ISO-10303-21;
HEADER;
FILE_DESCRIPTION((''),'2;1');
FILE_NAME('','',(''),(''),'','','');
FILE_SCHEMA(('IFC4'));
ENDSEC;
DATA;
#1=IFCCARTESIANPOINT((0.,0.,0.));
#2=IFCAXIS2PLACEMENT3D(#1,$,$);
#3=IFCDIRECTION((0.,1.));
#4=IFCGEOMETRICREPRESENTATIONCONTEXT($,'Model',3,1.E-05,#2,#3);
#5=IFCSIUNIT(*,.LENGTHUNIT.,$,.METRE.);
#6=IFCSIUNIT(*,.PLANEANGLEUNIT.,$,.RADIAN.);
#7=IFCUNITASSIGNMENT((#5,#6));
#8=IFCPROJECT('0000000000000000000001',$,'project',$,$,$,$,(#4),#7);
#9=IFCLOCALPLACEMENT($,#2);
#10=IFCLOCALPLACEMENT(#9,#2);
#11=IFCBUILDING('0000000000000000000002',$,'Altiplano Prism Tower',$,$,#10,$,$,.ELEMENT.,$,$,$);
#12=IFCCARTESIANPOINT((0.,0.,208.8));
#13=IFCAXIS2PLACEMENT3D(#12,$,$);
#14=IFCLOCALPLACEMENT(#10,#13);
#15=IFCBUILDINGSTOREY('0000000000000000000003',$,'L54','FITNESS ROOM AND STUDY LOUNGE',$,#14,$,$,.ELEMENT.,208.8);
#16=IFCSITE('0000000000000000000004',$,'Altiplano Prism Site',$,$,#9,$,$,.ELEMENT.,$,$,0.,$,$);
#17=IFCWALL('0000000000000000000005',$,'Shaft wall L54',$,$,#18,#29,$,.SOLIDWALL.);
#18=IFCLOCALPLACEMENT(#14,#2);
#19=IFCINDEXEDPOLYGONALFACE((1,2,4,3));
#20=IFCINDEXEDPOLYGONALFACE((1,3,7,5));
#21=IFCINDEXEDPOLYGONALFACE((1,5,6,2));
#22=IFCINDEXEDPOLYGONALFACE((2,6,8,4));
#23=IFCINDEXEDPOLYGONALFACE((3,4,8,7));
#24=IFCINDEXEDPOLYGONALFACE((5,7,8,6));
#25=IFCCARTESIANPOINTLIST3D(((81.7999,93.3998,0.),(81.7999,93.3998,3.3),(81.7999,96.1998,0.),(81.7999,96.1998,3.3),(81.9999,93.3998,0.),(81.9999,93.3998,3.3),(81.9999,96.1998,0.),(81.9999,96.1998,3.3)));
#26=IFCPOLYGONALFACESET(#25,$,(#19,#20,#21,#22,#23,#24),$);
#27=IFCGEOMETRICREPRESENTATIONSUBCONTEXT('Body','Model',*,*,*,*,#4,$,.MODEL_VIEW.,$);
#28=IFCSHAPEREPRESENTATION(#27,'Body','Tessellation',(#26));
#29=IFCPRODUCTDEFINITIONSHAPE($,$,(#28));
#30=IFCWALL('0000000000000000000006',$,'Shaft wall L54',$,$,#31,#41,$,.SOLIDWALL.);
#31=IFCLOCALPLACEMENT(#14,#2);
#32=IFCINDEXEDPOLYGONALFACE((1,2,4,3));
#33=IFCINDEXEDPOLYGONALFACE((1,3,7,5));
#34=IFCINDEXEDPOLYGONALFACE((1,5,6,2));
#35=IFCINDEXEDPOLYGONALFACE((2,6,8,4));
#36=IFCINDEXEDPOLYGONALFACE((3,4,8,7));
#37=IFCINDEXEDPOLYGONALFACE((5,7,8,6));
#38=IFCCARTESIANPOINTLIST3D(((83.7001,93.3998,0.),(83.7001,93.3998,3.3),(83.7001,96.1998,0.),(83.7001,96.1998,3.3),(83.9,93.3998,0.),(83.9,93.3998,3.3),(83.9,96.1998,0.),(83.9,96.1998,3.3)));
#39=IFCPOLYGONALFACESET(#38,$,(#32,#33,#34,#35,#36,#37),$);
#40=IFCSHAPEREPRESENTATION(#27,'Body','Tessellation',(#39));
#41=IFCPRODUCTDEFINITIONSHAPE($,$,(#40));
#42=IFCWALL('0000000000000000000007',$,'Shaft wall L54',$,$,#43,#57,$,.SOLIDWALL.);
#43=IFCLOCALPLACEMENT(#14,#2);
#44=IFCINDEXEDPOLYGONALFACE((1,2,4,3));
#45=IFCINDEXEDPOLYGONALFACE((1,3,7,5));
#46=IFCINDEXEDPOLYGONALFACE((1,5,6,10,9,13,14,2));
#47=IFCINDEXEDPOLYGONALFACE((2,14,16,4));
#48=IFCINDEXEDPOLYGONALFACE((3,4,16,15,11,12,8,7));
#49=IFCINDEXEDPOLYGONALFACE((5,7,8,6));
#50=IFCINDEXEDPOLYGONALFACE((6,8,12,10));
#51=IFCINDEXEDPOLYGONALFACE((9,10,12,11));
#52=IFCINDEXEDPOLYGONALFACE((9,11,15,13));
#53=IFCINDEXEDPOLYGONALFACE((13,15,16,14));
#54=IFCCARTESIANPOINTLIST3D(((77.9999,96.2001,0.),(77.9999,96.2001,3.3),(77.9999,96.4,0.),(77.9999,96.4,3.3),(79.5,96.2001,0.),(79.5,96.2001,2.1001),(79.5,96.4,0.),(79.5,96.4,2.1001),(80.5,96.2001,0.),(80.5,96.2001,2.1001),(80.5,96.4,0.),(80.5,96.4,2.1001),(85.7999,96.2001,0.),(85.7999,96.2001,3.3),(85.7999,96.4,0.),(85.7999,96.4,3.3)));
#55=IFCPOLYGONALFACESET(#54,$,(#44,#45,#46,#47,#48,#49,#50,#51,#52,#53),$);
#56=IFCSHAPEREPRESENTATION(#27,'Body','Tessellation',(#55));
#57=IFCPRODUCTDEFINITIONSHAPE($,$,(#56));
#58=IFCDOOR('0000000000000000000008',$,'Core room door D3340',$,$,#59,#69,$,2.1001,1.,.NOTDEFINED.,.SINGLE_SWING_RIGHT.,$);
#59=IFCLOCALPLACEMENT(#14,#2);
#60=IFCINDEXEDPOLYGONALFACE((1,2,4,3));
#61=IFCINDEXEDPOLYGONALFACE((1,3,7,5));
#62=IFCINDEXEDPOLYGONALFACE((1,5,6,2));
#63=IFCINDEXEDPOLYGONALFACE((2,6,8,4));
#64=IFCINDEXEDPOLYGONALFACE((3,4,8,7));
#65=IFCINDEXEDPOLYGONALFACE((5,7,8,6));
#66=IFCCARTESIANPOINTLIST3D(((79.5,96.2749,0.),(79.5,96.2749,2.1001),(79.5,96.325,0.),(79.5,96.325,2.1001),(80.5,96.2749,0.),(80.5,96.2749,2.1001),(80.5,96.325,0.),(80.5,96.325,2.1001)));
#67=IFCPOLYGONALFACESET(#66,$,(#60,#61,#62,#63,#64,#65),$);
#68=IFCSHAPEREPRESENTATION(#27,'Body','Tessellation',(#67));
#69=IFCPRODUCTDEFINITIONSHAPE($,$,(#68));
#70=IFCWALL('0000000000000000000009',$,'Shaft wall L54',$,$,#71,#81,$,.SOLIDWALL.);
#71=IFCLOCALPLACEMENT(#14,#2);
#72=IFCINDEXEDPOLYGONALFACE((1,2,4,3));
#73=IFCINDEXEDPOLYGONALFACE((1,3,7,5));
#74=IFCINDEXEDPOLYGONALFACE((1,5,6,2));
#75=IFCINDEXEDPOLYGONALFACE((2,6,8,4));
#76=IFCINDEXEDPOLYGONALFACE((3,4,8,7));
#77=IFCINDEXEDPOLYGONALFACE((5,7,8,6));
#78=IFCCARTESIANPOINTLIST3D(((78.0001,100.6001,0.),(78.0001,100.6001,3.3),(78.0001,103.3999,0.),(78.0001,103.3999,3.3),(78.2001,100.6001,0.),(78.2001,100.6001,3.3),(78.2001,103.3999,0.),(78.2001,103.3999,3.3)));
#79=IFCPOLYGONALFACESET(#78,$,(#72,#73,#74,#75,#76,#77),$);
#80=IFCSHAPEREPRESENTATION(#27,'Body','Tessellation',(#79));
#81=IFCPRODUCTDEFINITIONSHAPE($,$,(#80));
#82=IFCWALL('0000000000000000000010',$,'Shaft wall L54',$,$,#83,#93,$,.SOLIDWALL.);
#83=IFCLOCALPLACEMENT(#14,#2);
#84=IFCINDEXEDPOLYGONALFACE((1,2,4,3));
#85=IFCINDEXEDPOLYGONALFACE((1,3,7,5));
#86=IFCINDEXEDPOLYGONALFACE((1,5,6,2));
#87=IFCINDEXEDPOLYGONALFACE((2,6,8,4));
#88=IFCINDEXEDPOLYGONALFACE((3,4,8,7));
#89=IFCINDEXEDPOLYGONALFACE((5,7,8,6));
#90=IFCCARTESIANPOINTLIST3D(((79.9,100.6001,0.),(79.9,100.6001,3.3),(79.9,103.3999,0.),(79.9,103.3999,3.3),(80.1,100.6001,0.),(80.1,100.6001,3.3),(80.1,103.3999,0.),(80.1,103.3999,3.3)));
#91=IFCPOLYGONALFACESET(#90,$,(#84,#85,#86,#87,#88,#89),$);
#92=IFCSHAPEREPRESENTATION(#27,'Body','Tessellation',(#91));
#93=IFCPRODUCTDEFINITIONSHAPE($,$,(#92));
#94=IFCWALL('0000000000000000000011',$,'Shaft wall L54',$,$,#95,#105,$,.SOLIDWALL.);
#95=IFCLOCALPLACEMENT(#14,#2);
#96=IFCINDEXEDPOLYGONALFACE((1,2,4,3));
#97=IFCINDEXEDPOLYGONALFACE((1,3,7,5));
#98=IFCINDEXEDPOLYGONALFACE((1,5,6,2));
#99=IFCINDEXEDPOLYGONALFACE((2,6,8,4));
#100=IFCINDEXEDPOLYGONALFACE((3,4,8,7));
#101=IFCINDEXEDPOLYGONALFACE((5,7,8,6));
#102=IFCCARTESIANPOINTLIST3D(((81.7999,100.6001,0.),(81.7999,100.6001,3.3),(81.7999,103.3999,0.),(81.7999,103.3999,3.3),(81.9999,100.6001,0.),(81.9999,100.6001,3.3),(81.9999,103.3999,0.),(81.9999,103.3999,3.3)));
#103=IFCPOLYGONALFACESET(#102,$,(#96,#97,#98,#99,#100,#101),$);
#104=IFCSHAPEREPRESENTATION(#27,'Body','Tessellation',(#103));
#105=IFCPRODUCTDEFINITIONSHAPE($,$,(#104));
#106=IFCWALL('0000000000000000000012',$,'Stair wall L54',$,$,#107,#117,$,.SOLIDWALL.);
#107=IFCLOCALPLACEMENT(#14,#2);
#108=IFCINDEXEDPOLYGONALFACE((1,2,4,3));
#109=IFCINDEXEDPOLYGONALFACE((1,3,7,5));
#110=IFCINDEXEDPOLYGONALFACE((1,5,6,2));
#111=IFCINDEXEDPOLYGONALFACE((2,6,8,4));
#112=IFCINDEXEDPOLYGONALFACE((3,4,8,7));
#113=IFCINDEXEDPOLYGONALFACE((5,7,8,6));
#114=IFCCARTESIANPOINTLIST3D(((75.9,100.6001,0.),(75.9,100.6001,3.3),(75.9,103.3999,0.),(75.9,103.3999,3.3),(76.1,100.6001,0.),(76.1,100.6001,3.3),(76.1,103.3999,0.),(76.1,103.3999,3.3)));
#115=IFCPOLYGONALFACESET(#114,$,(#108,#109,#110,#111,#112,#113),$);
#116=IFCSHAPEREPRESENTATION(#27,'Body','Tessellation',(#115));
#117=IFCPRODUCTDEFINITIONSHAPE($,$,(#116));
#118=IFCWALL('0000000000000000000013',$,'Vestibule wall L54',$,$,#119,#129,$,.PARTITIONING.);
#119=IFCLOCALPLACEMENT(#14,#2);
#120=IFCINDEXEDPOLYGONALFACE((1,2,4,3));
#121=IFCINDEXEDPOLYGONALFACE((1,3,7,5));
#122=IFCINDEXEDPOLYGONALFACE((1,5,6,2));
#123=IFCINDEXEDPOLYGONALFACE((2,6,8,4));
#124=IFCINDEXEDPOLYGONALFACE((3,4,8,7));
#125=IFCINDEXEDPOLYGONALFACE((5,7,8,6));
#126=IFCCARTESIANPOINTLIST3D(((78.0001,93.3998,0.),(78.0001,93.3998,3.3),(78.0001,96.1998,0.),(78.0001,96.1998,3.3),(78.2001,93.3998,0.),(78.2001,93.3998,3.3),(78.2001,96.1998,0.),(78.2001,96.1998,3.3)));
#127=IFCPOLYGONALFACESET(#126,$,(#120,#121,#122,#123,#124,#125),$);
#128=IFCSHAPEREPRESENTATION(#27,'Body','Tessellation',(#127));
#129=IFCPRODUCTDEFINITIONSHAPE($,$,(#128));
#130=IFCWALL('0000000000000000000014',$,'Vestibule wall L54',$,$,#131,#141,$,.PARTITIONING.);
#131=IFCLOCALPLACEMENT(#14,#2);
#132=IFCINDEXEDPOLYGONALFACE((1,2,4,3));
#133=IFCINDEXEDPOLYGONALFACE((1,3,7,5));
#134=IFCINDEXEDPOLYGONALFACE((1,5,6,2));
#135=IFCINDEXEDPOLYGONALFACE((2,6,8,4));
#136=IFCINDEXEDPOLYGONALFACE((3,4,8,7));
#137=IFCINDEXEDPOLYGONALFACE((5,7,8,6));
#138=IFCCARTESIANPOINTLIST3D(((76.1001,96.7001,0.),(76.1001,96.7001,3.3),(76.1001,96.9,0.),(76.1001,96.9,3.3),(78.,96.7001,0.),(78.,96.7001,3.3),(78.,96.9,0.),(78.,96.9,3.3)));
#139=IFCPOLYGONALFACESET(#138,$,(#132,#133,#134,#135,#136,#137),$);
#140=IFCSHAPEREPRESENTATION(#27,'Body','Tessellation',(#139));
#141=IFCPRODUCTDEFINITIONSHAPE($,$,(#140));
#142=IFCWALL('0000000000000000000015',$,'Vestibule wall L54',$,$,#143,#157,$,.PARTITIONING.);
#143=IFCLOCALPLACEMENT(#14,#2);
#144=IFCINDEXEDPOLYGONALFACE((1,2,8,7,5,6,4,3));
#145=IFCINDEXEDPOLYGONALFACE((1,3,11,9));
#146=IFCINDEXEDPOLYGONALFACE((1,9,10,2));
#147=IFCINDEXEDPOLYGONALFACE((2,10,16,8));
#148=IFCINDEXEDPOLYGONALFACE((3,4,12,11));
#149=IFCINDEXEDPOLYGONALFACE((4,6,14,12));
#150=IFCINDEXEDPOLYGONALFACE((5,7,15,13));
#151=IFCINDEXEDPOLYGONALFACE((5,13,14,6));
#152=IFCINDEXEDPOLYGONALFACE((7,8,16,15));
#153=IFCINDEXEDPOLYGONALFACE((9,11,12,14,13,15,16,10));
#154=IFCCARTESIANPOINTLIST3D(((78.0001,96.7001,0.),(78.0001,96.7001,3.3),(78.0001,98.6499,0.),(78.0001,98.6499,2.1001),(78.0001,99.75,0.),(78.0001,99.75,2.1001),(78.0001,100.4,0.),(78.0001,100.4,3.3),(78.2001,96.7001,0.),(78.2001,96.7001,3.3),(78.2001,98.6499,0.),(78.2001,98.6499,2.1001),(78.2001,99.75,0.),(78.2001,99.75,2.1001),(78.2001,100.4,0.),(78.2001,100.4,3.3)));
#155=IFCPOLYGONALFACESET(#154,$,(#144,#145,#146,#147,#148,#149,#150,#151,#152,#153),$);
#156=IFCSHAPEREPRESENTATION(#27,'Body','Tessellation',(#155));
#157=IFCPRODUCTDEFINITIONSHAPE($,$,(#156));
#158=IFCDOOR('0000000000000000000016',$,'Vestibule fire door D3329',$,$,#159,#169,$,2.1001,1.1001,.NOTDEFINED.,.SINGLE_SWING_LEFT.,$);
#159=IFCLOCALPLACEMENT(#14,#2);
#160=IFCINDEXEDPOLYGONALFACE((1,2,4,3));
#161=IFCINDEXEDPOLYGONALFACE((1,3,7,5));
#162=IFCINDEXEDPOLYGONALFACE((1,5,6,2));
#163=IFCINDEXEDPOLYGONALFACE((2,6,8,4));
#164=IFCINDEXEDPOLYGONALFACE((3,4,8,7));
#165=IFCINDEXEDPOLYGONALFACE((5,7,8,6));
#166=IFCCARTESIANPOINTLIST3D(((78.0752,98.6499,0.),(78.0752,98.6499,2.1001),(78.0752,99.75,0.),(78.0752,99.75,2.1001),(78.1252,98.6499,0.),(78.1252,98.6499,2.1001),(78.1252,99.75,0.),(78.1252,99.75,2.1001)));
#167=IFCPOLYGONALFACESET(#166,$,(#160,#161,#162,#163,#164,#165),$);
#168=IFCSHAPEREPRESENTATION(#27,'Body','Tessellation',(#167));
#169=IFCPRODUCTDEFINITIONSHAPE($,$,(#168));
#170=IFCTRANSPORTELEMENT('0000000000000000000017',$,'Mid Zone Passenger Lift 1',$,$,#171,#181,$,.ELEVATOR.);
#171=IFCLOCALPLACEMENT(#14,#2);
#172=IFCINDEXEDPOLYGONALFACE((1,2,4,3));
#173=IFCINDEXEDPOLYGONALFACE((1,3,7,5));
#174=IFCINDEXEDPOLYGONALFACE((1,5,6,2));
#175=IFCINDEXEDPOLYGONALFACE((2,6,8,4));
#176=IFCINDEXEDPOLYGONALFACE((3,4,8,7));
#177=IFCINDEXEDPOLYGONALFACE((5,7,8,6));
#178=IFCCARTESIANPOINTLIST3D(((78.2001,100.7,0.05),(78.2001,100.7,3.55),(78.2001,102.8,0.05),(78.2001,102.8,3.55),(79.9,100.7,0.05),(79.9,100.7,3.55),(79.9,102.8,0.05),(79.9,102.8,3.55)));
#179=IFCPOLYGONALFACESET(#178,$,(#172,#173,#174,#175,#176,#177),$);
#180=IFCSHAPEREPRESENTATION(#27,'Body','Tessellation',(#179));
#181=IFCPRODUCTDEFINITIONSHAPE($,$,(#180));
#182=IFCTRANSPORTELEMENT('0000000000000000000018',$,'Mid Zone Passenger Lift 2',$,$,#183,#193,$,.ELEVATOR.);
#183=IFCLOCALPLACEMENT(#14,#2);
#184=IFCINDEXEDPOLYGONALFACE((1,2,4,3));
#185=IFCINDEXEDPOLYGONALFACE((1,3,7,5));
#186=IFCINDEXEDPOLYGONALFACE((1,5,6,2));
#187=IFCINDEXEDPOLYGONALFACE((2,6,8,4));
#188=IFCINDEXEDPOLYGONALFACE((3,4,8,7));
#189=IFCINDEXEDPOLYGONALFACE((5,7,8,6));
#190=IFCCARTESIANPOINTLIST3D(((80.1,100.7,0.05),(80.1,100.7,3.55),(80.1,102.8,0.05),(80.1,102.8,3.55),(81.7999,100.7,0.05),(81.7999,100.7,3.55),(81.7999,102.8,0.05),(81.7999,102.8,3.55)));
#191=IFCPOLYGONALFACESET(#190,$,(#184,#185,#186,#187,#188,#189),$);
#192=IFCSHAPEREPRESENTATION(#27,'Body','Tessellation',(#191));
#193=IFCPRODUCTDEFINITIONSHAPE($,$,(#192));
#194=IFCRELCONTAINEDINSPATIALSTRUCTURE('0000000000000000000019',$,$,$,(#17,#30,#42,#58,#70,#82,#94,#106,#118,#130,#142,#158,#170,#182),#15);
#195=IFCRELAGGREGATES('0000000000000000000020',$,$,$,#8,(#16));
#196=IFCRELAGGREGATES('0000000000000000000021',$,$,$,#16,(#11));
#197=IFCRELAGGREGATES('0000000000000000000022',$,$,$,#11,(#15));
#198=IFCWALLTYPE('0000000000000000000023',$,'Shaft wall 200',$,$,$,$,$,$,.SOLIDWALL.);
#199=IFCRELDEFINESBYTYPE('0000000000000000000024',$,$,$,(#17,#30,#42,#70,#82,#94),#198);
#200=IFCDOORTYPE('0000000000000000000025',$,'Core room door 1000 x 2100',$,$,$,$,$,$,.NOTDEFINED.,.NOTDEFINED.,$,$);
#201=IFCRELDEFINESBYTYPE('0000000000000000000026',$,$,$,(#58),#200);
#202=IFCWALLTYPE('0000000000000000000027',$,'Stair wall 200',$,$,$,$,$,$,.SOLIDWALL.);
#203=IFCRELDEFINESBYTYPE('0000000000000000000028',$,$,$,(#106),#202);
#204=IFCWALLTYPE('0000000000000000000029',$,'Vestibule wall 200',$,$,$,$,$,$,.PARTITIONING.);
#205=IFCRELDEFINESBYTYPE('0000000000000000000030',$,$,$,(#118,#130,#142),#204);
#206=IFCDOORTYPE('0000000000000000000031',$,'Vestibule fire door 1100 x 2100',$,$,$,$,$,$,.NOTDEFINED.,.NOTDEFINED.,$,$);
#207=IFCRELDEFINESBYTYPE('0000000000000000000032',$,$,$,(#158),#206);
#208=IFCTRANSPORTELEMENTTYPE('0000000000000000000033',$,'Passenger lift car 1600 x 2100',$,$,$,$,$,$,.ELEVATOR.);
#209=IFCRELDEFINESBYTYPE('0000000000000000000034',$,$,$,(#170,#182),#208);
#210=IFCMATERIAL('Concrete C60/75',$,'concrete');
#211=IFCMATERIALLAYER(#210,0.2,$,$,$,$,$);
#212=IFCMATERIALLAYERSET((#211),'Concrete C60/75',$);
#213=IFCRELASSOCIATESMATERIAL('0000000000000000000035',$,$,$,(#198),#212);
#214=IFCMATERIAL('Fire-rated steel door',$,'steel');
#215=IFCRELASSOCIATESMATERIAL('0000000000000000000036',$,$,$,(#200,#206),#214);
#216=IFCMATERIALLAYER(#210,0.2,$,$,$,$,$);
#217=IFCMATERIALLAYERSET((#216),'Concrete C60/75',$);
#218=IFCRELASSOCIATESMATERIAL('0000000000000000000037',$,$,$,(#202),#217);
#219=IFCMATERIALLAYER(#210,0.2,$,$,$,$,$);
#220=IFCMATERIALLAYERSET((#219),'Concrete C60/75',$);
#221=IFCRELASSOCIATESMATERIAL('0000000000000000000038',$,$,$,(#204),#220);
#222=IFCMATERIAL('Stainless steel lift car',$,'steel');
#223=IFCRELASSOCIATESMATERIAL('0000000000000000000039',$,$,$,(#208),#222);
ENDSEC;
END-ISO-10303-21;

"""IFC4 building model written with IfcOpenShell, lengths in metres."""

from ifc_helpers import new_model, si_unit, direction, frame, frame_2d, origin, origin_2d, place, context, subcontext, project, spatial, rectangle, extrude, material, layer, layer_set, type_object, element, fill, save


model = new_model("IFC4")

# Units and contexts
model_context = context("Model", 3, precision=1e-05, world=origin(), true_north=direction((0.0, 1.0)))
body_context = subcontext(model_context, "Body", "Model", "MODEL_VIEW")
ifc_project = project(units=[si_unit("LENGTHUNIT", "METRE"), si_unit("PLANEANGLEUNIT", "RADIAN")], contexts=[model_context])

# Site, building, storey
site_placement = place(None, origin())
site = spatial("IfcSite", under=ifc_project, at=site_placement, Name="Altiplano Prism Site", CompositionType="ELEMENT", RefElevation=0.0)
building_placement = place(site_placement, origin())
building = spatial("IfcBuilding", under=site, at=building_placement, Name="Altiplano Prism Tower", CompositionType="ELEMENT")
storey_placement = place(building_placement, frame((0.0, 0.0, 208.8)))
storey = spatial("IfcBuildingStorey", under=building, at=storey_placement, Name="L54", Description="FITNESS ROOM AND STUDY LOUNGE", CompositionType="ELEMENT", Elevation=208.8)

# Walls
ifc_material_1 = material(Name="Concrete C60/75", Category="concrete")
ifc_layer_1 = layer(ifc_material_1, 0.2)
ifc_layer_set_1 = layer_set([ifc_layer_1], Name="Concrete C60/75")
wall_type_1 = type_object("IfcWallType", Name="Shaft wall 200", PredefinedType="SOLIDWALL", material=ifc_layer_set_1)
for number, where, z_axis, x_axis, name in (
    (1, (81.8999, 93.3999, 0.0), (0.0, 0.0, 1.0), (0.0, 1.0, 0.0), "Shaft wall L54"),
    (2, (83.8, 93.3999, 0.0), (0.0, 0.0, 1.0), (0.0, 1.0, 0.0), "Shaft wall L54"),
):
    element("IfcWall", number, at=place(storey_placement, frame(where, z_axis=z_axis, x_axis=x_axis)), inside=storey, type_object=wall_type_1, Name=name, PredefinedType="SOLIDWALL", context=body_context, shape_type="SweptSolid", body=[
        extrude(rectangle(XDim=2.8, YDim=0.2, at=frame_2d((1.3999, 0.0))), origin(), (0.0, 0.0, 1.0), 3.3),
    ])

# Wall, opening, door
wall_1_placement = place(storey_placement, frame((78.0, 96.3, 0.0), z_axis=(0.0, 0.0, 1.0), x_axis=(1.0, 0.0, 0.0)))
wall_1 = element("IfcWall", 3, at=wall_1_placement, inside=storey, type_object=wall_type_1, Name="Shaft wall L54", PredefinedType="SOLIDWALL", context=body_context, shape_type="SweptSolid", body=[
    extrude(rectangle(XDim=7.8, YDim=0.2, at=frame_2d((3.8999, 0.0))), origin(), (0.0, 0.0, 1.0), 3.3),
])
opening_1_placement = place(wall_1_placement, frame((1.5, 0.0, 0.0)))
opening_1 = element("IfcOpeningElement", 4, at=opening_1_placement, cuts=wall_1, PredefinedType="OPENING", context=body_context, shape_type="SweptSolid", body=[
    extrude(rectangle(XDim=1.0, YDim=2.1001, at=frame_2d((0.5, 1.05))), frame((0.0, 0.1104, 0.0), z_axis=(0.0, -1.0, 0.0), x_axis=(1.0, 0.0, 0.0)), (0.0, 0.0, 1.0), 0.2209),
])
ifc_material_2 = material(Name="Fire-rated steel door", Category="steel")
door_type_1 = type_object("IfcDoorType", Name="Core room door 1000 x 2100", OperationType="NOTDEFINED", PredefinedType="NOTDEFINED", material=ifc_material_2)
door_1_placement = place(opening_1_placement, origin())
door_1 = element("IfcDoor", 5, at=door_1_placement, inside=storey, type_object=door_type_1, Name="Core room door D3340", OperationType="SINGLE_SWING_RIGHT", OverallHeight=2.1001, OverallWidth=1.0, PredefinedType="NOTDEFINED", context=body_context, shape_type="SweptSolid", body=[
    extrude(rectangle(XDim=1.0, YDim=2.1001, at=frame_2d((0.5, 1.05))), frame((0.0, 0.0249, 0.0), z_axis=(0.0, -1.0, 0.0), x_axis=(1.0, 0.0, 0.0)), (0.0, 0.0, 1.0), 0.05),
])
fill(opening_1, door_1)

# Walls
for number, where, z_axis, x_axis, name in (
    (6, (78.1001, 100.6001, 0.0), (0.0, 0.0, 1.0), (0.0, 1.0, 0.0), "Shaft wall L54"),
    (7, (80.0, 100.6001, 0.0), (0.0, 0.0, 1.0), (0.0, 1.0, 0.0), "Shaft wall L54"),
    (8, (81.8999, 100.6001, 0.0), (0.0, 0.0, 1.0), (0.0, 1.0, 0.0), "Shaft wall L54"),
):
    element("IfcWall", number, at=place(storey_placement, frame(where, z_axis=z_axis, x_axis=x_axis)), inside=storey, type_object=wall_type_1, Name=name, PredefinedType="SOLIDWALL", context=body_context, shape_type="SweptSolid", body=[
        extrude(rectangle(XDim=2.7998, YDim=0.2, at=frame_2d((1.3999, 0.0))), origin(), (0.0, 0.0, 1.0), 3.3),
    ])
ifc_layer_2 = layer(ifc_material_1, 0.2)
ifc_layer_set_2 = layer_set([ifc_layer_2], Name="Concrete C60/75")
wall_type_2 = type_object("IfcWallType", Name="Stair wall 200", PredefinedType="SOLIDWALL", material=ifc_layer_set_2)
wall_2_placement = place(storey_placement, frame((76.0, 100.6001, 0.0), z_axis=(0.0, 0.0, 1.0), x_axis=(0.0, 1.0, 0.0)))
element("IfcWall", 9, at=wall_2_placement, inside=storey, type_object=wall_type_2, Name="Stair wall L54", PredefinedType="SOLIDWALL", context=body_context, shape_type="SweptSolid", body=[
    extrude(rectangle(XDim=2.7998, YDim=0.2, at=frame_2d((1.3999, 0.0))), origin(), (0.0, 0.0, 1.0), 3.3),
])
ifc_layer_3 = layer(ifc_material_1, 0.2)
ifc_layer_set_3 = layer_set([ifc_layer_3], Name="Concrete C60/75")
wall_type_3 = type_object("IfcWallType", Name="Vestibule wall 200", PredefinedType="PARTITIONING", material=ifc_layer_set_3)
wall_3_placement = place(storey_placement, frame((78.1001, 93.3999, 0.0), z_axis=(0.0, 0.0, 1.0), x_axis=(0.0, 1.0, 0.0)))
element("IfcWall", 10, at=wall_3_placement, inside=storey, type_object=wall_type_3, Name="Vestibule wall L54", PredefinedType="PARTITIONING", context=body_context, shape_type="SweptSolid", body=[
    extrude(rectangle(XDim=2.8, YDim=0.2, at=frame_2d((1.3999, 0.0))), origin(), (0.0, 0.0, 1.0), 3.3),
])
wall_4_placement = place(storey_placement, frame((76.1001, 96.8, 0.0), z_axis=(0.0, 0.0, 1.0), x_axis=(1.0, 0.0, 0.0)))
element("IfcWall", 11, at=wall_4_placement, inside=storey, type_object=wall_type_3, Name="Vestibule wall L54", PredefinedType="PARTITIONING", context=body_context, shape_type="SweptSolid", body=[
    extrude(rectangle(XDim=1.8999, YDim=0.2, at=frame_2d((0.95, 0.0))), origin(), (0.0, 0.0, 1.0), 3.3),
])

# Wall, opening, door
wall_5_placement = place(storey_placement, frame((78.1001, 96.7, 0.0), z_axis=(0.0, 0.0, 1.0), x_axis=(0.0, 1.0, 0.0)))
wall_5 = element("IfcWall", 12, at=wall_5_placement, inside=storey, type_object=wall_type_3, Name="Vestibule wall L54", PredefinedType="PARTITIONING", context=body_context, shape_type="SweptSolid", body=[
    extrude(rectangle(XDim=3.7, YDim=0.2, at=frame_2d((1.8501, 0.0))), origin(), (0.0, 0.0, 1.0), 3.3),
])
opening_2_placement = place(wall_5_placement, frame((1.95, 0.0, 0.0)))
opening_2 = element("IfcOpeningElement", 13, at=opening_2_placement, cuts=wall_5, PredefinedType="OPENING", context=body_context, shape_type="SweptSolid", body=[
    extrude(rectangle(XDim=1.1001, YDim=2.1001, at=frame_2d((0.55, 1.05))), frame((0.0, 0.1104, 0.0), z_axis=(0.0, -1.0, 0.0), x_axis=(1.0, 0.0, 0.0)), (0.0, 0.0, 1.0), 0.2209),
])
door_type_2 = type_object("IfcDoorType", Name="Vestibule fire door 1100 x 2100", OperationType="NOTDEFINED", PredefinedType="NOTDEFINED", material=ifc_material_2)
door_2_placement = place(opening_2_placement, origin())
door_2 = element("IfcDoor", 14, at=door_2_placement, inside=storey, type_object=door_type_2, Name="Vestibule fire door D3329", OperationType="SINGLE_SWING_LEFT", OverallHeight=2.1001, OverallWidth=1.1001, PredefinedType="NOTDEFINED", context=body_context, shape_type="SweptSolid", body=[
    extrude(rectangle(XDim=1.1001, YDim=2.1001, at=frame_2d((0.55, 1.05))), frame((0.0, 0.0249, 0.0), z_axis=(0.0, -1.0, 0.0), x_axis=(1.0, 0.0, 0.0)), (0.0, 0.0, 1.0), 0.05),
])
fill(opening_2, door_2)

# Transport elements
ifc_material_3 = material(Name="Stainless steel lift car", Category="steel")
transport_element_type = type_object("IfcTransportElementType", Name="Passenger lift car 1600 x 2100", PredefinedType="ELEVATOR", material=ifc_material_3)
for number, where, z_axis, x_axis, name in (
    (15, (79.05, 101.75, 0.05), (0.0, 0.0, 1.0), (1.0, 0.0, 0.0), "Mid Zone Passenger Lift 1"),
    (16, (80.95, 101.75, 0.05), (0.0, 0.0, 1.0), (1.0, 0.0, 0.0), "Mid Zone Passenger Lift 2"),
):
    element("IfcTransportElement", number, at=place(storey_placement, frame(where, z_axis=z_axis, x_axis=x_axis)), inside=storey, type_object=transport_element_type, Name=name, PredefinedType="ELEVATOR", context=body_context, shape_type="SweptSolid", body=[
        extrude(rectangle(XDim=1.7, YDim=2.1001, at=origin_2d()), origin(), (0.0, 0.0, 1.0), 3.5),
    ])

save(model, "model.ifc")
